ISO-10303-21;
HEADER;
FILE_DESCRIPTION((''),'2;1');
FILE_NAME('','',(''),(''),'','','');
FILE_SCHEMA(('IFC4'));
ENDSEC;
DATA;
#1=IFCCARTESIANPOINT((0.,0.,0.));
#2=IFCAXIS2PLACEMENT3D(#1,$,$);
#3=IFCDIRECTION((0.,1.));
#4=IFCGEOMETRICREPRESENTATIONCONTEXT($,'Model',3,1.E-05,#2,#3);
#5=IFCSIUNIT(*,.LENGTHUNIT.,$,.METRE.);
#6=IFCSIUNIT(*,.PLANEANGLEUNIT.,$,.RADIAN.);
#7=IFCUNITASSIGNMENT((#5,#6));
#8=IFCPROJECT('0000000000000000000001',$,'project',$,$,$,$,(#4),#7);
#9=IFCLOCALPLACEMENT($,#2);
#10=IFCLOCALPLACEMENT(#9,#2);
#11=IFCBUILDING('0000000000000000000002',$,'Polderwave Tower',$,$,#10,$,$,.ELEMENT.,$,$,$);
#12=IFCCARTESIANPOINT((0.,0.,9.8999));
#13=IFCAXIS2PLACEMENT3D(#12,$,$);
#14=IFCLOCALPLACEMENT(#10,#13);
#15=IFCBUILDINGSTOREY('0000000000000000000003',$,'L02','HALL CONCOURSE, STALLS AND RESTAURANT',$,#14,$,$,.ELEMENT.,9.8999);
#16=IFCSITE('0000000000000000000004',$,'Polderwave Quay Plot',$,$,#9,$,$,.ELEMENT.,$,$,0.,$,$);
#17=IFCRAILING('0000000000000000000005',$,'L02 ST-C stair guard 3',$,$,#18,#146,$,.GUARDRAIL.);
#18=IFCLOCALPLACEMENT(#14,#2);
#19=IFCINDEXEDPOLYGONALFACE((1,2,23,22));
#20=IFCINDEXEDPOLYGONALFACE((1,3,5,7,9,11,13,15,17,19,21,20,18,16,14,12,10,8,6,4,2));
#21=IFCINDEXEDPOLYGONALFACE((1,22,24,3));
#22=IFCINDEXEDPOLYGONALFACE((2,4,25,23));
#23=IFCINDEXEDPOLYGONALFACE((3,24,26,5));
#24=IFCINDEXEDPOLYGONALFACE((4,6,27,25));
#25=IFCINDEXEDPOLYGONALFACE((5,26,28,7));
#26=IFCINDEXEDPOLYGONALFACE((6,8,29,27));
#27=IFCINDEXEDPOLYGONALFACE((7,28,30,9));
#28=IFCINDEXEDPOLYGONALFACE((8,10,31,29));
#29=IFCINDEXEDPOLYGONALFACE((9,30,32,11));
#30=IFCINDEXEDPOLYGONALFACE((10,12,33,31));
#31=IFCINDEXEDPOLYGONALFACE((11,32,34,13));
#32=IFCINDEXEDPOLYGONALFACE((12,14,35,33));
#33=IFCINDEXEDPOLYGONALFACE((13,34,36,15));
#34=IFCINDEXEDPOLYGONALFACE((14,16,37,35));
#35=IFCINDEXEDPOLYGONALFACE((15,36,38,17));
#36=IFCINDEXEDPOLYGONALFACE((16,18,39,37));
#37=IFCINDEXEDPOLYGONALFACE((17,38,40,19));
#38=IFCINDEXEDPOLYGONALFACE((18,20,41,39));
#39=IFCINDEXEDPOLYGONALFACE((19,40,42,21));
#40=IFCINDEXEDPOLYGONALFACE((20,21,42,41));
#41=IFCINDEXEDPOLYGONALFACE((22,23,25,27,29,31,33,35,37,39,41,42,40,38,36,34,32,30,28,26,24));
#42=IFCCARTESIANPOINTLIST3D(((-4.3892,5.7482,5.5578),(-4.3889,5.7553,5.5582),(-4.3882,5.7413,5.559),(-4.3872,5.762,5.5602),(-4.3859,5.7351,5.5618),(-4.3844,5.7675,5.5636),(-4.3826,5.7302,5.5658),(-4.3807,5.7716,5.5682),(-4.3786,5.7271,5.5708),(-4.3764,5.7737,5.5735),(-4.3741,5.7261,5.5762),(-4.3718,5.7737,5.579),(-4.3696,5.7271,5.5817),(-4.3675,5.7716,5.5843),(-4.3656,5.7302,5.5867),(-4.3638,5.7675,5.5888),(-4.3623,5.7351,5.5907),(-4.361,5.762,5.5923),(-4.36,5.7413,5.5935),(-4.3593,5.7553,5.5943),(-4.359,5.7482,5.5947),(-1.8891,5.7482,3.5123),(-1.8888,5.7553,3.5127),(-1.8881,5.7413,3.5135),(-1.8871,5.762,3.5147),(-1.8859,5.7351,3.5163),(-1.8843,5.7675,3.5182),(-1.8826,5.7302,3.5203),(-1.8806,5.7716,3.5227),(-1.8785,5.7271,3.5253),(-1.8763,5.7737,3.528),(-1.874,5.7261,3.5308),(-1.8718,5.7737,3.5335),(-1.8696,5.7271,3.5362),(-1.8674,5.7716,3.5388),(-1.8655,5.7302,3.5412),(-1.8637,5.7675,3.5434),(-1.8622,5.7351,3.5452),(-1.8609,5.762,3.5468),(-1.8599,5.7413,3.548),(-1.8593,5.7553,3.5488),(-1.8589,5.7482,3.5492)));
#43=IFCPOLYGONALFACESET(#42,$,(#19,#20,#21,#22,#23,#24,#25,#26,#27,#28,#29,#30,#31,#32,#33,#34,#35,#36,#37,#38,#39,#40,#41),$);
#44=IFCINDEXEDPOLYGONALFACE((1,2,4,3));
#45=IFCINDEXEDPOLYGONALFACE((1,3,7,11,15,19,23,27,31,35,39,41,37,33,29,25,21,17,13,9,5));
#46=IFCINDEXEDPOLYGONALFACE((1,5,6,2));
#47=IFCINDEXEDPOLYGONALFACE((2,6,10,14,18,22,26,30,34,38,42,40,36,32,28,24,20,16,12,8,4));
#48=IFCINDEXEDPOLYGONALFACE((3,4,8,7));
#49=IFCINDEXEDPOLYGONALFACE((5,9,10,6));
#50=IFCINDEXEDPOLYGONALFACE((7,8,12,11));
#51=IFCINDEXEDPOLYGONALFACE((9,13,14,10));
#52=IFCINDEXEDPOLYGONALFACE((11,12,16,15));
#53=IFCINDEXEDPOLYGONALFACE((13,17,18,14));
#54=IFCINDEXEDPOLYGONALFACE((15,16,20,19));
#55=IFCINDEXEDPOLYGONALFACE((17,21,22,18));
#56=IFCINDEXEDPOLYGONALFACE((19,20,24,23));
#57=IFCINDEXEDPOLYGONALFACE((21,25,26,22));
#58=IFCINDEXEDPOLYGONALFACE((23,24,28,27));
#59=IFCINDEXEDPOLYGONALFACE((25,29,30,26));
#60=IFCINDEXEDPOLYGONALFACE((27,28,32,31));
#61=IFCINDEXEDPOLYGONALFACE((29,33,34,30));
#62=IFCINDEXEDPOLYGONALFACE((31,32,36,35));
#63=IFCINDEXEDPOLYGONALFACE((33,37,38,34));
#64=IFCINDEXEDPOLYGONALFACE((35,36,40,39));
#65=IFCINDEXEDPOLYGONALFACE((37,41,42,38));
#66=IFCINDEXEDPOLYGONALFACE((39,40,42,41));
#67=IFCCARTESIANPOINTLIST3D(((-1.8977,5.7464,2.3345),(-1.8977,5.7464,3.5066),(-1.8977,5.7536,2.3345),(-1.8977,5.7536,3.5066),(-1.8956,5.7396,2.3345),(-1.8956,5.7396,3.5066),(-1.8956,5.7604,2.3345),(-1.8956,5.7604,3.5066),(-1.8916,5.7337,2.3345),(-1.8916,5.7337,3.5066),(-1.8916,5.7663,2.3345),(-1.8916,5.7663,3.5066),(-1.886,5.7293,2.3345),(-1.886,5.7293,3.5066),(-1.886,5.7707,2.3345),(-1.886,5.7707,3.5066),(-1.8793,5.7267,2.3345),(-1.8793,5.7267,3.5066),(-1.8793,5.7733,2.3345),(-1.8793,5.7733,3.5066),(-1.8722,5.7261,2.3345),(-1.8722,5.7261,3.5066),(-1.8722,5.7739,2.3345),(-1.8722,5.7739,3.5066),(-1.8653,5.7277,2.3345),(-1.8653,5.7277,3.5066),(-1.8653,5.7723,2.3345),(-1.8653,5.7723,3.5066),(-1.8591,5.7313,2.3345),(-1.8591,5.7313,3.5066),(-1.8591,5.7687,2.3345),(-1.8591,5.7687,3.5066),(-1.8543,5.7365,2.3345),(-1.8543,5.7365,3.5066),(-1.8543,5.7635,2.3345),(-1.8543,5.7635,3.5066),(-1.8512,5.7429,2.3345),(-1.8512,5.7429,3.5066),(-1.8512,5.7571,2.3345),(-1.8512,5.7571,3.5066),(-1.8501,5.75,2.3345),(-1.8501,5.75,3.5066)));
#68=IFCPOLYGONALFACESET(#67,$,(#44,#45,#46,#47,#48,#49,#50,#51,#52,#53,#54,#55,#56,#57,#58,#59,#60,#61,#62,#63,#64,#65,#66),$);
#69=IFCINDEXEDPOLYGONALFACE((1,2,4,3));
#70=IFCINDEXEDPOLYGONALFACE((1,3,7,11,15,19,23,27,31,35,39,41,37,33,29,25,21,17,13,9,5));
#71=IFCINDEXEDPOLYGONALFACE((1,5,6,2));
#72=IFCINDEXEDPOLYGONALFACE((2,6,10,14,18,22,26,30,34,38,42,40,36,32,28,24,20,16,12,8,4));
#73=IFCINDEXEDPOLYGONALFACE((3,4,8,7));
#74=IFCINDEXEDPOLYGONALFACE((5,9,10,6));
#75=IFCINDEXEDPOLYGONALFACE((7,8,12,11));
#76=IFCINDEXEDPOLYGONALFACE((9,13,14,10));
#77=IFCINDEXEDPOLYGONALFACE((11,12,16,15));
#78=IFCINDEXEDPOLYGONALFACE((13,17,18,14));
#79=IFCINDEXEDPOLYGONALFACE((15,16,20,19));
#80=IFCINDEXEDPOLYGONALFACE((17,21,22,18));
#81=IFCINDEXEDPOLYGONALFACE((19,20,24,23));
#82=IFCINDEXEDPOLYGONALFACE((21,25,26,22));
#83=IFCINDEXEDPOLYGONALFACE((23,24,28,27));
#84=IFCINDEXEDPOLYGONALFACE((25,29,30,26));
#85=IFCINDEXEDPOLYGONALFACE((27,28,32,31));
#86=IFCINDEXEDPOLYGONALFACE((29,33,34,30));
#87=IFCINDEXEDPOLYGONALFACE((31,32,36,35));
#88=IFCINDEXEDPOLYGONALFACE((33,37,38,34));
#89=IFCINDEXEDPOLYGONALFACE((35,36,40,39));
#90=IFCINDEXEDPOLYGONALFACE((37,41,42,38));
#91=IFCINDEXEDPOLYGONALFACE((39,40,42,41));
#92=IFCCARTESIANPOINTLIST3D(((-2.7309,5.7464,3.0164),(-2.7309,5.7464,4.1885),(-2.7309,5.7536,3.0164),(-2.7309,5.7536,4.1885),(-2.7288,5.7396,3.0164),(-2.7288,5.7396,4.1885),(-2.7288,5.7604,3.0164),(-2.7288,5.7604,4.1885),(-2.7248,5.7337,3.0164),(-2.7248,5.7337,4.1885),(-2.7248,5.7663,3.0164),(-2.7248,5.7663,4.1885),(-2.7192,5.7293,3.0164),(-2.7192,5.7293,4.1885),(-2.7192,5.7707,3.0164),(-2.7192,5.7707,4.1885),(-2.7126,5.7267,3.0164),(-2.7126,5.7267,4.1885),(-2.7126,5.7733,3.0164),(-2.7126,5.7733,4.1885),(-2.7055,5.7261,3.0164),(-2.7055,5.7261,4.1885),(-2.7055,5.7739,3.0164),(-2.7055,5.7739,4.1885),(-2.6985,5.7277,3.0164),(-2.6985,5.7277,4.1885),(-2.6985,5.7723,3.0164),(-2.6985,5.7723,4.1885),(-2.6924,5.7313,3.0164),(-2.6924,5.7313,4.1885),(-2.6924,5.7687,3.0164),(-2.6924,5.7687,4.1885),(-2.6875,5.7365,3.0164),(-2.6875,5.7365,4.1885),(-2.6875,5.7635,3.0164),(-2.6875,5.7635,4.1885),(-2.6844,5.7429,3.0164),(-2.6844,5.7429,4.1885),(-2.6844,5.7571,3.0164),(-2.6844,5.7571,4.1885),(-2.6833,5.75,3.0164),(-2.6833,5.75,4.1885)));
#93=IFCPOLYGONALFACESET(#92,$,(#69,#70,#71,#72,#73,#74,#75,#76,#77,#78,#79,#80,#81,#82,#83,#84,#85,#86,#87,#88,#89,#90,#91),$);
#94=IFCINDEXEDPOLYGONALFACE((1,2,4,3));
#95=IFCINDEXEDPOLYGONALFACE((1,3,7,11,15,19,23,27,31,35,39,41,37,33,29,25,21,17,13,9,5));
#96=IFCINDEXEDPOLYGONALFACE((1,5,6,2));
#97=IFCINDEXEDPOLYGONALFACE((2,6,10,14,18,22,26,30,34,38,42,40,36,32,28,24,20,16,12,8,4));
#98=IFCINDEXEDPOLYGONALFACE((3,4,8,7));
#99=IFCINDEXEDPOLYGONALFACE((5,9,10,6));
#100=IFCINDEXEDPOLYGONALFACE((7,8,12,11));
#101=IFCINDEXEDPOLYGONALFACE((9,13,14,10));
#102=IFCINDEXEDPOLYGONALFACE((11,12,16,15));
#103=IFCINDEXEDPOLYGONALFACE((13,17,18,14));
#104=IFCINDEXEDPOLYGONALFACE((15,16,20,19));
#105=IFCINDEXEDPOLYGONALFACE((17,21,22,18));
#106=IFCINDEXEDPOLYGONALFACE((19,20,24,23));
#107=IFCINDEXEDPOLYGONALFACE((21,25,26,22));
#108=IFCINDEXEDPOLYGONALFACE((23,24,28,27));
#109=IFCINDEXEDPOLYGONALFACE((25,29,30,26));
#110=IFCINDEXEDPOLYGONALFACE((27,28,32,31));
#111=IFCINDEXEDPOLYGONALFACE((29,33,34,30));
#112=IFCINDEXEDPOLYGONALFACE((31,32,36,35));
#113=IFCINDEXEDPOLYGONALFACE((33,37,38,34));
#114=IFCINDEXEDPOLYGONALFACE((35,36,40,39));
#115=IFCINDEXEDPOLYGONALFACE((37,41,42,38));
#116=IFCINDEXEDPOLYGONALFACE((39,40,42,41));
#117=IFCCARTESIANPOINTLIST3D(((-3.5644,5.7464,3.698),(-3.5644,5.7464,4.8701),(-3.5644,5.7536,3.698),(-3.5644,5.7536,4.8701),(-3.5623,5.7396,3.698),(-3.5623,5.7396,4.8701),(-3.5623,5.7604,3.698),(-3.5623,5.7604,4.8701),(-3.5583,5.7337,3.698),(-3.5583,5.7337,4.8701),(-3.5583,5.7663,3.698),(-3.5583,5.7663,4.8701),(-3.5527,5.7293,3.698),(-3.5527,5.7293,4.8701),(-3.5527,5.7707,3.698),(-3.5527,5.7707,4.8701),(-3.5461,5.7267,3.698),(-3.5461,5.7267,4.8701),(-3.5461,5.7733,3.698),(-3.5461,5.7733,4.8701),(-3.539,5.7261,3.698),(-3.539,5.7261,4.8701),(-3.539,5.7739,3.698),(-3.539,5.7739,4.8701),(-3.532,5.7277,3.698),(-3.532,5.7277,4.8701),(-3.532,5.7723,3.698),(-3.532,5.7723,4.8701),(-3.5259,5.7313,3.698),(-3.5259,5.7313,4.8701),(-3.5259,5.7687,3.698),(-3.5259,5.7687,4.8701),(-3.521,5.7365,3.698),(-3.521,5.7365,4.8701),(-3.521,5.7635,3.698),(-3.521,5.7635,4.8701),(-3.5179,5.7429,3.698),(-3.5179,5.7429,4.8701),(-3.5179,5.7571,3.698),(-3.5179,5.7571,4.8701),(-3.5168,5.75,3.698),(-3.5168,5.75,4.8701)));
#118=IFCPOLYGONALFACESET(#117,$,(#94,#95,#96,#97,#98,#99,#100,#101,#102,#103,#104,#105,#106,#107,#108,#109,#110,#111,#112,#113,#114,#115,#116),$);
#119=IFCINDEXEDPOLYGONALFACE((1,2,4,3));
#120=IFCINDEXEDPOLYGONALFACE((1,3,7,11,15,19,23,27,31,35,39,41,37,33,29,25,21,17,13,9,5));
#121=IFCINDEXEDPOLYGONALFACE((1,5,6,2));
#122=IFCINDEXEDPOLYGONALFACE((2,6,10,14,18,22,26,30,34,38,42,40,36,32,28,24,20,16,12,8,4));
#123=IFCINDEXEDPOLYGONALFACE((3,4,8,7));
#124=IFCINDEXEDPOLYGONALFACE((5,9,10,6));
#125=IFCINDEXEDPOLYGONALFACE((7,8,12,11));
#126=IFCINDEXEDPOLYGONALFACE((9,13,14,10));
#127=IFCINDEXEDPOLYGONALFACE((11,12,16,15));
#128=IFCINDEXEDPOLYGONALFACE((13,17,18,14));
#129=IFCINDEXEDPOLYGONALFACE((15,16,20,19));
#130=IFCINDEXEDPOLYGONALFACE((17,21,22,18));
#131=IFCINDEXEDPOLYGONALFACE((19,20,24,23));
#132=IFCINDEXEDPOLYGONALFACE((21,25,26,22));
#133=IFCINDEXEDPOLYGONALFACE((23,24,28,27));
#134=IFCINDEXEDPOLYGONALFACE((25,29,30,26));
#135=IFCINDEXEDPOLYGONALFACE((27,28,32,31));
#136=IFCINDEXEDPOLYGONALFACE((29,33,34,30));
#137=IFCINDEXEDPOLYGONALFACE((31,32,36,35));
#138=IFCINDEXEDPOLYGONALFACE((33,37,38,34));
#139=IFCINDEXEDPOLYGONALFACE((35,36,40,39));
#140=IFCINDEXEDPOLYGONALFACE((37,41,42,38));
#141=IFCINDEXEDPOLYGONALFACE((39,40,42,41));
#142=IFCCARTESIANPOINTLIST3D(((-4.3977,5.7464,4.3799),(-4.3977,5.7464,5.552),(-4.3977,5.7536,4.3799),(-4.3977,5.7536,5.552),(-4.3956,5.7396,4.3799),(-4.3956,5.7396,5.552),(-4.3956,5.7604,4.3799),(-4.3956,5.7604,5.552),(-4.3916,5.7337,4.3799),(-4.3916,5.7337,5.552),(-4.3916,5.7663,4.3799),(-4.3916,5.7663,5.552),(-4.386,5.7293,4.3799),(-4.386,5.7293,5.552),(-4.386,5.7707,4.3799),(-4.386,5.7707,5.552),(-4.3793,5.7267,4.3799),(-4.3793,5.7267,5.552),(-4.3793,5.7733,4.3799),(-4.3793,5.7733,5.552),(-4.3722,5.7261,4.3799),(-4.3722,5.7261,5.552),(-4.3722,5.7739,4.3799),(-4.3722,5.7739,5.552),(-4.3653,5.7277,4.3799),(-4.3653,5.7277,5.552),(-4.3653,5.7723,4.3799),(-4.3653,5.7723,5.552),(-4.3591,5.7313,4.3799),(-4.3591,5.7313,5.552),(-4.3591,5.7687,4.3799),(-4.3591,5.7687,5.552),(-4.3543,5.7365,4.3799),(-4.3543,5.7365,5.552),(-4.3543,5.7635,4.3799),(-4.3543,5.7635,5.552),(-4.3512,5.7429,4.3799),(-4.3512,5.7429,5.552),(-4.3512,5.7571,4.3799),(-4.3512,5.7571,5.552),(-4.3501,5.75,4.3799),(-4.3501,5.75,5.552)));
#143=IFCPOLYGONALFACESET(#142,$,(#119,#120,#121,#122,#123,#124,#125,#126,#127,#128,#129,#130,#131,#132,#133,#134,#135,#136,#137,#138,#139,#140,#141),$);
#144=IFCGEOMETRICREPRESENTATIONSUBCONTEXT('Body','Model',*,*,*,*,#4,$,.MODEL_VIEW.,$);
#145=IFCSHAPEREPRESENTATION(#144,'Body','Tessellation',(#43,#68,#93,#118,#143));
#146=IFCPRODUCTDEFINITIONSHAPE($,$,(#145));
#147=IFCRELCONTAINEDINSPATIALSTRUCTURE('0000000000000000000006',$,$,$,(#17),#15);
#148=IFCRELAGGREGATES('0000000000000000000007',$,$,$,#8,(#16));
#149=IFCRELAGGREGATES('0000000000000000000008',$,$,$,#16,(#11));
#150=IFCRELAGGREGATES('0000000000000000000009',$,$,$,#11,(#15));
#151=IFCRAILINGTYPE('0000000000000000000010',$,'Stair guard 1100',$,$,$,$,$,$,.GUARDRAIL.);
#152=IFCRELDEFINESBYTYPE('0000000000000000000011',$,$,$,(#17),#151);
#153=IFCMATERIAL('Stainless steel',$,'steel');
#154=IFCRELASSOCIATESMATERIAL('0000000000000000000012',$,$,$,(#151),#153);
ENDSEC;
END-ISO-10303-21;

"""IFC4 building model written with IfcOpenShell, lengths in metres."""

from ifc_helpers import new_model, si_unit, direction, frame, origin, origin_2d, place, context, subcontext, project, spatial, circle, extrude, material, type_object, element, save


model = new_model("IFC4")

# Units and contexts
model_context = context("Model", 3, precision=1e-05, world=origin(), true_north=direction((0.0, 1.0)))
body_context = subcontext(model_context, "Body", "Model", "MODEL_VIEW")
ifc_project = project(units=[si_unit("LENGTHUNIT", "METRE"), si_unit("PLANEANGLEUNIT", "RADIAN")], contexts=[model_context])

# Site, building, storey
site_placement = place(None, origin())
site = spatial("IfcSite", under=ifc_project, at=site_placement, Name="Polderwave Quay Plot", CompositionType="ELEMENT", RefElevation=0.0)
building_placement = place(site_placement, origin())
building = spatial("IfcBuilding", under=site, at=building_placement, Name="Polderwave Tower", CompositionType="ELEMENT")
storey_placement = place(building_placement, frame((0.0, 0.0, 9.8999)))
storey = spatial("IfcBuildingStorey", under=building, at=storey_placement, Name="L02", Description="HALL CONCOURSE, STALLS AND RESTAURANT", CompositionType="ELEMENT", Elevation=9.8999)

# Railing
ifc_material_1 = material(Name="Stainless steel", Category="steel")
railing_type_1 = type_object("IfcRailingType", Name="Stair guard 1100", PredefinedType="GUARDRAIL", material=ifc_material_1)
railing_1_placement = place(storey_placement, frame((-1.874, 5.75, 2.3345)))
element("IfcRailing", 1, at=railing_1_placement, inside=storey, type_object=railing_type_1, Name="L02 ST-C stair guard 3", PredefinedType="GUARDRAIL", context=body_context, shape_type="SweptSolid", body=[
    extrude(circle(Radius=0.0239, at=origin_2d()), frame((0.0, 0.0, 1.1963), z_axis=(-0.773964, 0.0, 0.63323), x_axis=(0.0, -1.0, 0.0)), (0.0, 0.0, 1.0), 3.2302),
    extrude(circle(Radius=0.0239, at=origin_2d()), origin(), (0.0, 0.0, 1.0), 1.1721),
    extrude(circle(Radius=0.0239, at=origin_2d()), frame((-0.8333, 0.0, 0.6819)), (0.0, 0.0, 1.0), 1.1721),
    extrude(circle(Radius=0.0239, at=origin_2d()), frame((-1.6667, 0.0, 1.3635)), (0.0, 0.0, 1.0), 1.1721),
    extrude(circle(Radius=0.0239, at=origin_2d()), frame((-2.5, 0.0, 2.0454)), (0.0, 0.0, 1.0), 1.1721),
])

save(model, "model.ifc")
